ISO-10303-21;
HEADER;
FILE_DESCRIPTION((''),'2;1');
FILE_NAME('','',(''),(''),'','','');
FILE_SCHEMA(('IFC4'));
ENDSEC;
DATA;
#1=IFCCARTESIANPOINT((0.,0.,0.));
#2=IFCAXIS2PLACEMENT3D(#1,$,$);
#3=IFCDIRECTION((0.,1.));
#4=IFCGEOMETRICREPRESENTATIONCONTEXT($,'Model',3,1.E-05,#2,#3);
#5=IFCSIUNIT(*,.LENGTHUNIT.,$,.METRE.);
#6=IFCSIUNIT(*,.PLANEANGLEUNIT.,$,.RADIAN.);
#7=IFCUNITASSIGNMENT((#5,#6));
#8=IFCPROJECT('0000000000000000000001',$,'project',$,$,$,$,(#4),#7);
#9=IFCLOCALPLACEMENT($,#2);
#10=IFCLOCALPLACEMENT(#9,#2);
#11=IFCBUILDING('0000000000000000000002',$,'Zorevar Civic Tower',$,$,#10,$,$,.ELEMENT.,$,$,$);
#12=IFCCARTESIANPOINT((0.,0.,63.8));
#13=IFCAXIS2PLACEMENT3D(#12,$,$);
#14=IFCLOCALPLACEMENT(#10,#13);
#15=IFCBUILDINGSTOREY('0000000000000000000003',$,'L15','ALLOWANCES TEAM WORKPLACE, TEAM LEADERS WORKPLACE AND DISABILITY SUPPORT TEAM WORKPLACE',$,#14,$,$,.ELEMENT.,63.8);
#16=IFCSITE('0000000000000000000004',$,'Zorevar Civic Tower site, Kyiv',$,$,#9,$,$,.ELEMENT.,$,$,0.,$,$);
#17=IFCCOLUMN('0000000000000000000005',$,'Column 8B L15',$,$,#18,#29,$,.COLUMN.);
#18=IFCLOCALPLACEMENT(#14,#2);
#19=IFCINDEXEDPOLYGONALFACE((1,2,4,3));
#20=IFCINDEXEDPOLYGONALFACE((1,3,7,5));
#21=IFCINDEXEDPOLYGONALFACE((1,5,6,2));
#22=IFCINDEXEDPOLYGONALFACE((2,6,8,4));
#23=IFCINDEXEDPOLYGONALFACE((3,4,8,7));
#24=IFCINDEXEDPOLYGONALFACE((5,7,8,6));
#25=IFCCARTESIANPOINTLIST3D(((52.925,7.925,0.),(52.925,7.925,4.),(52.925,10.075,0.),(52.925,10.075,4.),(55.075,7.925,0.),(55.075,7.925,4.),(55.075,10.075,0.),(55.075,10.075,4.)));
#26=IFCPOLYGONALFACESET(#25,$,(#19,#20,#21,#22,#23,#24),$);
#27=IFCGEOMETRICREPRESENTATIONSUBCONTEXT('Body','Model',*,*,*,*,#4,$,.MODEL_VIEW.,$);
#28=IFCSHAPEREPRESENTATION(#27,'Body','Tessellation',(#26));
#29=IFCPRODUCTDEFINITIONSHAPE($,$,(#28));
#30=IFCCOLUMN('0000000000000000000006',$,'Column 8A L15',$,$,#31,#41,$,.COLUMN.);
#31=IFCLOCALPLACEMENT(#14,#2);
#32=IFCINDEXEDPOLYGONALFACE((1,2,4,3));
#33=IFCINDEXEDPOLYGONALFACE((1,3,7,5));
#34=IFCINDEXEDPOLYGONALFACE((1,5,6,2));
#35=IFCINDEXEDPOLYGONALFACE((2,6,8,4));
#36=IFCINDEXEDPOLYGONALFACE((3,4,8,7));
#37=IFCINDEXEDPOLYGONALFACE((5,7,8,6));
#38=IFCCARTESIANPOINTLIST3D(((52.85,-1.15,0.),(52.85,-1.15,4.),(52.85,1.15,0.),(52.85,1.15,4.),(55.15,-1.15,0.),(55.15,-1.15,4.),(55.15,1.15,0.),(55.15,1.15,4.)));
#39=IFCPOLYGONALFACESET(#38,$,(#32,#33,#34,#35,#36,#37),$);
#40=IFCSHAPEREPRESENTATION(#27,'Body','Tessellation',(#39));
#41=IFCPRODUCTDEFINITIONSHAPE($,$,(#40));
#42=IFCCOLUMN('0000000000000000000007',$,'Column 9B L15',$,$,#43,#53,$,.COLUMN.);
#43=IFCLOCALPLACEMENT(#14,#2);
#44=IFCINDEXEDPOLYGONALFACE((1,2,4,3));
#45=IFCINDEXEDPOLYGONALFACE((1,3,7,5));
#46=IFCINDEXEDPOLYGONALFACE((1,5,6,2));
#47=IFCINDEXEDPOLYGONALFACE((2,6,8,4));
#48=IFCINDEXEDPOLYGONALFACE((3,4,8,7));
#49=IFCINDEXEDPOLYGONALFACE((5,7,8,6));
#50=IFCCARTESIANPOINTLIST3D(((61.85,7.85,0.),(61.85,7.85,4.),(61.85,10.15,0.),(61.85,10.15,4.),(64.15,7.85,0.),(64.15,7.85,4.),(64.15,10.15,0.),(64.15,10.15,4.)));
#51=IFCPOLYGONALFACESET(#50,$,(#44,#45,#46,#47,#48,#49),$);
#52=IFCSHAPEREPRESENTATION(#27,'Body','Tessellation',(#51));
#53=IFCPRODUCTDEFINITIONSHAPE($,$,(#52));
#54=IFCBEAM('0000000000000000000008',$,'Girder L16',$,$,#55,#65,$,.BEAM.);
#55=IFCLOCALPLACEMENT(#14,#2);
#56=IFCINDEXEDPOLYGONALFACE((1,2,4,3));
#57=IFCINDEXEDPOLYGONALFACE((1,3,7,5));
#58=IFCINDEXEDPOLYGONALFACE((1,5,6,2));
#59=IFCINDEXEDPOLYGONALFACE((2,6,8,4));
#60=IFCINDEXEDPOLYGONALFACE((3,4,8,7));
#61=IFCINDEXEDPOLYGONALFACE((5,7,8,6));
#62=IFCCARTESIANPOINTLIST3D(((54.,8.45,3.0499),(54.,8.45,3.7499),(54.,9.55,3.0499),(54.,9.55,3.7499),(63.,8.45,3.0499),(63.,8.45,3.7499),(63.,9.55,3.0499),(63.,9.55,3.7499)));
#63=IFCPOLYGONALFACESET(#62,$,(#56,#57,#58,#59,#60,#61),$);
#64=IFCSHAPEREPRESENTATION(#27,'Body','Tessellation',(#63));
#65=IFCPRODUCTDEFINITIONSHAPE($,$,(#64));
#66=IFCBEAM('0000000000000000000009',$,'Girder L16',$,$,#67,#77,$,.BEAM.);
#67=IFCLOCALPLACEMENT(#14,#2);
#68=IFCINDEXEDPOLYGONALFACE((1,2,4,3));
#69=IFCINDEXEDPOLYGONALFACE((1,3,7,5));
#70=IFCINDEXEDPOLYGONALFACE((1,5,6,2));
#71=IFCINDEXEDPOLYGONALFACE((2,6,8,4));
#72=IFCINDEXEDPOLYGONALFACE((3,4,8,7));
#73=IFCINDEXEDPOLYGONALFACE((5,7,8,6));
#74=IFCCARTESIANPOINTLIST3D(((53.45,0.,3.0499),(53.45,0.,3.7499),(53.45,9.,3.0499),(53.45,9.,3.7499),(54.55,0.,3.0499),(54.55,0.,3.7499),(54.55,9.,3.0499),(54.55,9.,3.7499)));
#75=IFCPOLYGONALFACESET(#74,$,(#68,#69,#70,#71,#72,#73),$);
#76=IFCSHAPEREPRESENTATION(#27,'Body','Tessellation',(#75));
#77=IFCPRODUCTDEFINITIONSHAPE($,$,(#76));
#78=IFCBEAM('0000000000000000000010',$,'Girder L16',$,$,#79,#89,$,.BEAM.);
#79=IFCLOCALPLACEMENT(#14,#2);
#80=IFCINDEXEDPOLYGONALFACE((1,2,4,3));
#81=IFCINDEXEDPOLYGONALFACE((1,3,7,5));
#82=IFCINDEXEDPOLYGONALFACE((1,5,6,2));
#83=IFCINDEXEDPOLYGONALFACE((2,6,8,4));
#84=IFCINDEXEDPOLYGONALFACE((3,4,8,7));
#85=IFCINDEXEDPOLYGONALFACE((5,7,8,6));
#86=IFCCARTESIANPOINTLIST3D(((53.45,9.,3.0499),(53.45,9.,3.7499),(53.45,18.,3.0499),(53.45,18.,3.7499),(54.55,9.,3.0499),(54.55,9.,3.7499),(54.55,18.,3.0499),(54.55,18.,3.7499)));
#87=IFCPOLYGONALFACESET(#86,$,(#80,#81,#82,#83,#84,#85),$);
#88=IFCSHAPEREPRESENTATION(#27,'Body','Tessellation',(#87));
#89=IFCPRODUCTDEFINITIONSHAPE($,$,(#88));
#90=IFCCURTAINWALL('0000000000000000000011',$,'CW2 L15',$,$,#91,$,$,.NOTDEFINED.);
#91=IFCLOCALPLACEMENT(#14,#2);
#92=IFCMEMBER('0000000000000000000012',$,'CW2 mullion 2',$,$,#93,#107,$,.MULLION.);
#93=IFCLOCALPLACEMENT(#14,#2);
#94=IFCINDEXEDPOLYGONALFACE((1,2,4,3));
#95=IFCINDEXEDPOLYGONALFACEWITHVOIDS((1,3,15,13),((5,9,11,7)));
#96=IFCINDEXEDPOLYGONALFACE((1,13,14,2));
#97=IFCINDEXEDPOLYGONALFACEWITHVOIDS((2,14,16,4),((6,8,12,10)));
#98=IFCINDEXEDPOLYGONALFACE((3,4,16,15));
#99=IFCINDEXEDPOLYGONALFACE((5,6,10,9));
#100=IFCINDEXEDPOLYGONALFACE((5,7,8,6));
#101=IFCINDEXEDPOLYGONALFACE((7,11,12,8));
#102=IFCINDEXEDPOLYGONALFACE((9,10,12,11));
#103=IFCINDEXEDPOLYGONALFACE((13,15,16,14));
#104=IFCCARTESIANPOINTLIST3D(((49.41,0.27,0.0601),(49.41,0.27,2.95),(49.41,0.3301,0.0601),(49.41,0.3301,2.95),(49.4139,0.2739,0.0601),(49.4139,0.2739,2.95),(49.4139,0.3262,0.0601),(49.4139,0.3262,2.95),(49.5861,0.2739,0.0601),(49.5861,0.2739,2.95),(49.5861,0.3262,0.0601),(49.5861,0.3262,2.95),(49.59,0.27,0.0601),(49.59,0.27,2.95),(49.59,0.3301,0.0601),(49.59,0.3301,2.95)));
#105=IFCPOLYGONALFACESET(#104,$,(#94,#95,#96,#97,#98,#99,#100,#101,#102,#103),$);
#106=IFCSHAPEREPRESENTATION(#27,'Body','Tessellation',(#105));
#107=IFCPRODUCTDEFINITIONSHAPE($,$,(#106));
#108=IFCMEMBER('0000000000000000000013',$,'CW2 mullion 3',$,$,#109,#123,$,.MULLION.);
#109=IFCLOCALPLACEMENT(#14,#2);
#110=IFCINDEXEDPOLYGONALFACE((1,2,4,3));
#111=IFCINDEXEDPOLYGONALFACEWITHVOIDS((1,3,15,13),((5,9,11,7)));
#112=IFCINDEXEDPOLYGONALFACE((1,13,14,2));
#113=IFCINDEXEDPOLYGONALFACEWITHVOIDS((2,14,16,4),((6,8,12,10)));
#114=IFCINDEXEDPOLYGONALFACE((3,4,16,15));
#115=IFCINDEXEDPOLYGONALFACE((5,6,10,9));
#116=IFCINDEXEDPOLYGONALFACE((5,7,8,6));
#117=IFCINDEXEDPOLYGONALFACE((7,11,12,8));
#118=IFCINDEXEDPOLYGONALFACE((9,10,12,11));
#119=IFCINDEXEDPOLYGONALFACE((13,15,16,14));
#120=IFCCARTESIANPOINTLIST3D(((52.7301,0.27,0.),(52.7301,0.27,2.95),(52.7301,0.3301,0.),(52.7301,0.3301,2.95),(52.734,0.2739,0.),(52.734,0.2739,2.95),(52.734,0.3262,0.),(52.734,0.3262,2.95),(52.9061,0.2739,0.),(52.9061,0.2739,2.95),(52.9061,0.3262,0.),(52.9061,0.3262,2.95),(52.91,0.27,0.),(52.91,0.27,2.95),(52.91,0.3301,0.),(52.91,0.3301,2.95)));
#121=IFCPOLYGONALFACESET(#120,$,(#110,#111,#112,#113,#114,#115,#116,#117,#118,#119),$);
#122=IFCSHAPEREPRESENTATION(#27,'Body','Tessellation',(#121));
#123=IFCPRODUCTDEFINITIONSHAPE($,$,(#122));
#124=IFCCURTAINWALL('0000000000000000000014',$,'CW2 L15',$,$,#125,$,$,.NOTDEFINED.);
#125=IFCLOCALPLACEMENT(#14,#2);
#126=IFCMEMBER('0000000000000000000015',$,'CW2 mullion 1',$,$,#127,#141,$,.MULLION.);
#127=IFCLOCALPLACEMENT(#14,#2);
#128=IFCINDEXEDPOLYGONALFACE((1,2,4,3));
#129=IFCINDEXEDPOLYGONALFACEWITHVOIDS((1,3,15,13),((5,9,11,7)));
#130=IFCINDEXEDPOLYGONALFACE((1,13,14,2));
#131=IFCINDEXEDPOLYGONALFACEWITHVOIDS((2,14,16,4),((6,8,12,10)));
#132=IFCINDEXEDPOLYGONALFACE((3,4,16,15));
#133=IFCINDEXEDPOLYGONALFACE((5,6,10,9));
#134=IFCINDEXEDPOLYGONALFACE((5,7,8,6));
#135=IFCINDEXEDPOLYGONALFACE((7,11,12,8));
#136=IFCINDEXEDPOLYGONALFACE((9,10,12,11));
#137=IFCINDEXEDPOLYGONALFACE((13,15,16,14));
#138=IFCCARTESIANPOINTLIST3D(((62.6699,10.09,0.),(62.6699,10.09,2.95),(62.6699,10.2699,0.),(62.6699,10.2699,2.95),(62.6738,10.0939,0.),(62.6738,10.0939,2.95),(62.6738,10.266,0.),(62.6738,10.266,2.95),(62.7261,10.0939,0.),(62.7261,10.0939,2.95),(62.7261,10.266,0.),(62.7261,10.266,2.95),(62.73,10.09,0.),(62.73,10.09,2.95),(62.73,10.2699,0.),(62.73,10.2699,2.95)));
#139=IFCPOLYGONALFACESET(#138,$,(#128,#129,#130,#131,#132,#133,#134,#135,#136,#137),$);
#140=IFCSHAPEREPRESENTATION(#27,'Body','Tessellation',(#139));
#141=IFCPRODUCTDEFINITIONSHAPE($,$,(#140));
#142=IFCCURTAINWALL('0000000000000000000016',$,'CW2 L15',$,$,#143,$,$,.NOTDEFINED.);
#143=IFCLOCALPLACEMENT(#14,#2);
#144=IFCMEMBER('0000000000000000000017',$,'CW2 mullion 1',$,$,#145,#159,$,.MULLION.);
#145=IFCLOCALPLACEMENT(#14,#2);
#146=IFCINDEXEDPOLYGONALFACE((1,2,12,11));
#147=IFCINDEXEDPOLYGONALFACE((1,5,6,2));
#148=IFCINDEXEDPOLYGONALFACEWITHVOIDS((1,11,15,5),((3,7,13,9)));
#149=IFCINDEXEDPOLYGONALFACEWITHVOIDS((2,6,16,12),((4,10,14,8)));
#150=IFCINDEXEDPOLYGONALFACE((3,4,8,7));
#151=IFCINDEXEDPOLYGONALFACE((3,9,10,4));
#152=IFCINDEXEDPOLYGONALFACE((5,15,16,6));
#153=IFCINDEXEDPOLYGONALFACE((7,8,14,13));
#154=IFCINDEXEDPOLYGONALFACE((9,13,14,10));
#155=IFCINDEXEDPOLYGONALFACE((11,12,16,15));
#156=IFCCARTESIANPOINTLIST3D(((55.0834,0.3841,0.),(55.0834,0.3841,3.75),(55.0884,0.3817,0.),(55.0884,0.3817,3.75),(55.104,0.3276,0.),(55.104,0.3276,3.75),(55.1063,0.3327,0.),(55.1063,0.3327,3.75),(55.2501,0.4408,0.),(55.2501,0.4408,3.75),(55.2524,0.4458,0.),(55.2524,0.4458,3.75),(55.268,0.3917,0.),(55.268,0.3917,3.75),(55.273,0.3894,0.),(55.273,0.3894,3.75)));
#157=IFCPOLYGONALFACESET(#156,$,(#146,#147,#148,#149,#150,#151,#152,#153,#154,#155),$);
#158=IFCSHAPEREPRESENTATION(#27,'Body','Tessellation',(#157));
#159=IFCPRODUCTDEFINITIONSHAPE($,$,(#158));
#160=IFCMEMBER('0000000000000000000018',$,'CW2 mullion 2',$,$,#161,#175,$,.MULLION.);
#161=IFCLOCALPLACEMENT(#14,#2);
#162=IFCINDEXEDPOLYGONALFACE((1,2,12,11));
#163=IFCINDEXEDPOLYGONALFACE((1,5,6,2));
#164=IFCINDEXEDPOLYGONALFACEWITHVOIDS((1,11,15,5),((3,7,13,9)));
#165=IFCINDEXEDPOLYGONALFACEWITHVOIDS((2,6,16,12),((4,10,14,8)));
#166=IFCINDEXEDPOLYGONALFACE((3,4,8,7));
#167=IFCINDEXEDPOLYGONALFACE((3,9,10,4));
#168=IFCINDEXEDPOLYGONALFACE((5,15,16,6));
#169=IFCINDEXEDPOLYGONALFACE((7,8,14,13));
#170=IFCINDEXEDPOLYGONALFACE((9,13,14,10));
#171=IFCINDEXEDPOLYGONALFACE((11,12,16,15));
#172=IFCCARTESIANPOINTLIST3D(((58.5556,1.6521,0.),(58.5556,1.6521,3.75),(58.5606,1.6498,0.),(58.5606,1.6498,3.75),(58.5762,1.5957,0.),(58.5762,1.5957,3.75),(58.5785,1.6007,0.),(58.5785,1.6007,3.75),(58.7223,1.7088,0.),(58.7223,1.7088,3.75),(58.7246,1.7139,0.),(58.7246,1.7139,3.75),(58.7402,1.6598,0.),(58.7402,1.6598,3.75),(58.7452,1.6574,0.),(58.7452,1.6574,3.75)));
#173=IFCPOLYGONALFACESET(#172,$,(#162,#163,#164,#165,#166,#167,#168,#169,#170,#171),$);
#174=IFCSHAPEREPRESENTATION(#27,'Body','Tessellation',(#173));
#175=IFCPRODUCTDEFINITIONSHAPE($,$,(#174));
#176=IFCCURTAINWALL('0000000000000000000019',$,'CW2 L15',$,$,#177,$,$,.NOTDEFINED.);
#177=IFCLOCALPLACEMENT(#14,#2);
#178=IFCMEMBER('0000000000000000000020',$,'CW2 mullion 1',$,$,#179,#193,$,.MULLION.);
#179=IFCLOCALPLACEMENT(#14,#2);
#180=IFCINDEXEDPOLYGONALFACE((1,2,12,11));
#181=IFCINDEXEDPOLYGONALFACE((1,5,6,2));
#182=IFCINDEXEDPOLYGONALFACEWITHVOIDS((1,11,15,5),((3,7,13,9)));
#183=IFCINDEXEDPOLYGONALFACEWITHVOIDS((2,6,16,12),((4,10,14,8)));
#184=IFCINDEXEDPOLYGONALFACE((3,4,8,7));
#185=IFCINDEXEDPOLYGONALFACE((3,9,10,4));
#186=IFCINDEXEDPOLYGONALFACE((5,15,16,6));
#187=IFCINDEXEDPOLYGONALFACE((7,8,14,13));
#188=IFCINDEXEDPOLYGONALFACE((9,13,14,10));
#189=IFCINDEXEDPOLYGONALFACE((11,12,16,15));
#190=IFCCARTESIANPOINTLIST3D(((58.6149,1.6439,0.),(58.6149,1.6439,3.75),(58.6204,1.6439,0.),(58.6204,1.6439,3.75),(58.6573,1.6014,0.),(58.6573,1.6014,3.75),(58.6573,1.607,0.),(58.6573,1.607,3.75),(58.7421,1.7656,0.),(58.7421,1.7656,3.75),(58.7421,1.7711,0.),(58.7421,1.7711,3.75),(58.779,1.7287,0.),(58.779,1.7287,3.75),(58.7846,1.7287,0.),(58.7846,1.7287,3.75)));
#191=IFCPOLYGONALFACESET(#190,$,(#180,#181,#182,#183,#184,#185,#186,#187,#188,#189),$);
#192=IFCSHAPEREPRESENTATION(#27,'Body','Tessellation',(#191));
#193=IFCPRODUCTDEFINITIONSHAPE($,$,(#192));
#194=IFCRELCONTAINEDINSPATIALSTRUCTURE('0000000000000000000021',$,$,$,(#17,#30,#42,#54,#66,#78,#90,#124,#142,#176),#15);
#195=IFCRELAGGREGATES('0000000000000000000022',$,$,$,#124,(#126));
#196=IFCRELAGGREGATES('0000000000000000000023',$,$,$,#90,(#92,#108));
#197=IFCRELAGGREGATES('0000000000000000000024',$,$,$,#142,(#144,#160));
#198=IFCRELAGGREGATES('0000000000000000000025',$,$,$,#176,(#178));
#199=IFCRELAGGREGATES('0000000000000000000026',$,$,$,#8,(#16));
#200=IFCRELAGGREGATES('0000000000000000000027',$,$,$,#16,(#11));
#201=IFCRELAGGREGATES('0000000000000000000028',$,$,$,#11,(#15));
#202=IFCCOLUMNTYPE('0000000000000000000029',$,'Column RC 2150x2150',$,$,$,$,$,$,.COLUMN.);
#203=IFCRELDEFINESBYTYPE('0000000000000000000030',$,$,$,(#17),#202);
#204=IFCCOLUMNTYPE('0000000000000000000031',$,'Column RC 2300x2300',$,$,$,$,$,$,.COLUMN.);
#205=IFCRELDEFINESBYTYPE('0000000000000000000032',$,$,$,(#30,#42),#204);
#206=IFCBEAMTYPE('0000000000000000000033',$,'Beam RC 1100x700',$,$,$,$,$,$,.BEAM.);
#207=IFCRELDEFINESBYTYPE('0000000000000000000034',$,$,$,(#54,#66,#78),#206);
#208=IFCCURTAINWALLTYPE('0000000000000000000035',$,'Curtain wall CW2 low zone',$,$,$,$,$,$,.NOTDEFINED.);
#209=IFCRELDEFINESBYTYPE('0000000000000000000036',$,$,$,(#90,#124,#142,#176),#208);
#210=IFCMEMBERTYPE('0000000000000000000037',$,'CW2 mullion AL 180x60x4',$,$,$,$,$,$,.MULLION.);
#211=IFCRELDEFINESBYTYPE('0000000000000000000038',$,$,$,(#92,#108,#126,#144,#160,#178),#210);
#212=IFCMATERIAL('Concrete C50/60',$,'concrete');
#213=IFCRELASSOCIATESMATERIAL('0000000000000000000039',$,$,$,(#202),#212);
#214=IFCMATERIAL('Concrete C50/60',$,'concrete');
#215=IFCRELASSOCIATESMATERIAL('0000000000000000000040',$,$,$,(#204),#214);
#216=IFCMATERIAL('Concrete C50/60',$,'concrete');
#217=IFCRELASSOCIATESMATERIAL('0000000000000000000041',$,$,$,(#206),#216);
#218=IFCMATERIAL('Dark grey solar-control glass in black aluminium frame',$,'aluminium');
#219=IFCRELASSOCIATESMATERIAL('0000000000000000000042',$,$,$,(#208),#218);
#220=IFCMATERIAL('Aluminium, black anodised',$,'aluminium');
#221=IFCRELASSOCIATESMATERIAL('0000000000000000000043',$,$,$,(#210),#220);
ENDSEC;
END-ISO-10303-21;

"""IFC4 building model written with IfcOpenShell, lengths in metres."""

from ifc_helpers import new_model, si_unit, direction, frame, origin, origin_2d, place, context, subcontext, project, spatial, rectangle, hollow_rectangle, extrude, material, material_profile, profile_set, type_object, element, aggregate, save


model = new_model("IFC4")

# Units and contexts
model_context = context("Model", 3, precision=1e-05, world=origin(), true_north=direction((0.0, 1.0)))
body_context = subcontext(model_context, "Body", "Model", "MODEL_VIEW")
ifc_project = project(units=[si_unit("LENGTHUNIT", "METRE"), si_unit("PLANEANGLEUNIT", "RADIAN")], contexts=[model_context])

# Site, building, storey
site_placement = place(None, origin())
site = spatial("IfcSite", under=ifc_project, at=site_placement, Name="Zorevar Civic Tower site, Kyiv", CompositionType="ELEMENT", RefElevation=0.0)
building_placement = place(site_placement, origin())
building = spatial("IfcBuilding", under=site, at=building_placement, Name="Zorevar Civic Tower", CompositionType="ELEMENT")
storey_placement = place(building_placement, frame((0.0, 0.0, 63.8)))
storey = spatial("IfcBuildingStorey", under=building, at=storey_placement, Name="L15", Description="ALLOWANCES TEAM WORKPLACE, TEAM LEADERS WORKPLACE AND DISABILITY SUPPORT TEAM WORKPLACE", CompositionType="ELEMENT", Elevation=63.8)

# Columns
ifc_material_1 = material(Name="Concrete C50/60", Category="concrete")
ifc_material_profile_1 = material_profile(ifc_material_1, rectangle(XDim=2.1499, YDim=2.1499, at=origin_2d()), Name="RC 2150x2150")
ifc_profile_set_1 = profile_set([ifc_material_profile_1], Name="Concrete C50/60")
column_type_1 = type_object("IfcColumnType", Name="Column RC 2150x2150", PredefinedType="COLUMN", material=ifc_profile_set_1)
column_placement = place(storey_placement, frame((54.0, 9.0, 0.0), z_axis=(0.0, 0.0, 1.0), x_axis=(1.0, 0.0, 0.0)))
element("IfcColumn", 1, at=column_placement, inside=storey, type_object=column_type_1, Name="Column 8B L15", PredefinedType="COLUMN", context=body_context, shape_type="SweptSolid", body=[
    extrude(rectangle(XDim=2.1499, YDim=2.1499, at=origin_2d()), origin(), (0.0, 0.0, 1.0), 4.0),
])
ifc_material_2 = material(Name="Concrete C50/60", Category="concrete")
ifc_material_profile_2 = material_profile(ifc_material_2, rectangle(XDim=2.3, YDim=2.3, at=origin_2d()), Name="RC 2300x2300")
ifc_profile_set_2 = profile_set([ifc_material_profile_2], Name="Concrete C50/60")
column_type_2 = type_object("IfcColumnType", Name="Column RC 2300x2300", PredefinedType="COLUMN", material=ifc_profile_set_2)
for number, where, z_axis, x_axis, name in (
    (2, (54.0, 0.0, 0.0), (0.0, 0.0, 1.0), (1.0, 0.0, 0.0), "Column 8A L15"),
    (3, (63.0, 9.0, 0.0), (0.0, 0.0, 1.0), (1.0, 0.0, 0.0), "Column 9B L15"),
):
    element("IfcColumn", number, at=place(storey_placement, frame(where, z_axis=z_axis, x_axis=x_axis)), inside=storey, type_object=column_type_2, Name=name, PredefinedType="COLUMN", context=body_context, shape_type="SweptSolid", body=[
        extrude(rectangle(XDim=2.3, YDim=2.3, at=origin_2d()), origin(), (0.0, 0.0, 1.0), 4.0),
    ])

# Beams
ifc_material_3 = material(Name="Concrete C50/60", Category="concrete")
ifc_material_profile_3 = material_profile(ifc_material_3, rectangle(XDim=1.1001, YDim=0.7, at=origin_2d()), Name="RC 1100x700")
ifc_profile_set_3 = profile_set([ifc_material_profile_3], Name="Concrete C50/60")
beam_type_1 = type_object("IfcBeamType", Name="Beam RC 1100x700", PredefinedType="BEAM", material=ifc_profile_set_3)
for number, where, z_axis, x_axis, name in (
    (4, (54.0, 9.0, 3.3999), (1.0, 0.0, 0.0), (0.0, 1.0, 0.0), "Girder L16"),
    (5, (54.0, 0.0, 3.3999), (0.0, 1.0, 0.0), (-1.0, 0.0, 0.0), "Girder L16"),
    (6, (54.0, 9.0, 3.3999), (0.0, 1.0, 0.0), (-1.0, 0.0, 0.0), "Girder L16"),
):
    element("IfcBeam", number, at=place(storey_placement, frame(where, z_axis=z_axis, x_axis=x_axis)), inside=storey, type_object=beam_type_1, Name=name, PredefinedType="BEAM", context=body_context, shape_type="SweptSolid", body=[
        extrude(rectangle(XDim=1.1001, YDim=0.7, at=origin_2d()), origin(), (0.0, 0.0, 1.0), 9.0),
    ])

# Curtain wall, members
ifc_material_4 = material(Name="Dark grey solar-control glass in black aluminium frame", Category="aluminium")
curtain_wall_type = type_object("IfcCurtainWallType", Name="Curtain wall CW2 low zone", PredefinedType="NOTDEFINED", material=ifc_material_4)
curtain_wall_1_placement = place(storey_placement, origin())
curtain_wall_1 = element("IfcCurtainWall", 7, at=curtain_wall_1_placement, inside=storey, type_object=curtain_wall_type, Name="CW2 L15", PredefinedType="NOTDEFINED")
ifc_material_5 = material(Name="Aluminium, black anodised", Category="aluminium")
ifc_material_profile_4 = material_profile(ifc_material_5, hollow_rectangle(XDim=0.0601, YDim=0.1799, WallThickness=0.0039, at=origin_2d()), Name="AL 180x60x4")
ifc_profile_set_4 = profile_set([ifc_material_profile_4], Name="Aluminium, black anodised")
member_type_1 = type_object("IfcMemberType", Name="CW2 mullion AL 180x60x4", PredefinedType="MULLION", material=ifc_profile_set_4)
member_1_placement = place(storey_placement, frame((49.5, 0.3, 0.0601), z_axis=(0.0, 0.0, 1.0), x_axis=(0.0, 1.0, 0.0)))
member_1 = element("IfcMember", 8, at=member_1_placement, type_object=member_type_1, Name="CW2 mullion 2", PredefinedType="MULLION", context=body_context, shape_type="SweptSolid", body=[
    extrude(hollow_rectangle(XDim=0.0601, YDim=0.1799, WallThickness=0.0039, at=origin_2d()), origin(), (0.0, 0.0, 1.0), 2.8899),
])
member_2_placement = place(storey_placement, frame((52.8201, 0.3, 0.0), z_axis=(0.0, 0.0, 1.0), x_axis=(0.0, 1.0, 0.0)))
member_2 = element("IfcMember", 9, at=member_2_placement, type_object=member_type_1, Name="CW2 mullion 3", PredefinedType="MULLION", context=body_context, shape_type="SweptSolid", body=[
    extrude(hollow_rectangle(XDim=0.0601, YDim=0.1799, WallThickness=0.0039, at=origin_2d()), origin(), (0.0, 0.0, 1.0), 2.95),
])

# Curtain wall, member
curtain_wall_2_placement = place(storey_placement, origin())
curtain_wall_2 = element("IfcCurtainWall", 10, at=curtain_wall_2_placement, inside=storey, type_object=curtain_wall_type, Name="CW2 L15", PredefinedType="NOTDEFINED")
member_3_placement = place(storey_placement, frame((62.7, 10.1799, 0.0), z_axis=(0.0, 0.0, 1.0), x_axis=(-1.0, 0.0, 0.0)))
member_3 = element("IfcMember", 11, at=member_3_placement, type_object=member_type_1, Name="CW2 mullion 1", PredefinedType="MULLION", context=body_context, shape_type="SweptSolid", body=[
    extrude(hollow_rectangle(XDim=0.0601, YDim=0.1799, WallThickness=0.0039, at=origin_2d()), origin(), (0.0, 0.0, 1.0), 2.95),
])
aggregate(curtain_wall_2, [member_3])

# Curtain walls, members
curtain_wall_3_placement = place(storey_placement, origin())
curtain_wall_3 = element("IfcCurtainWall", 12, at=curtain_wall_3_placement, inside=storey, type_object=curtain_wall_type, Name="CW2 L15", PredefinedType="NOTDEFINED")
member_4_placement = place(storey_placement, frame((55.1782, 0.3867, 0.0), z_axis=(0.0, 0.0, 1.0), x_axis=(-0.34306, 0.939313, 0.0)))
member_4 = element("IfcMember", 13, at=member_4_placement, type_object=member_type_1, Name="CW2 mullion 1", PredefinedType="MULLION", context=body_context, shape_type="SweptSolid", body=[
    extrude(hollow_rectangle(XDim=0.0601, YDim=0.1799, WallThickness=0.0039, at=origin_2d()), origin(), (0.0, 0.0, 1.0), 3.75),
])
member_5_placement = place(storey_placement, frame((58.6504, 1.6548, 0.0), z_axis=(0.0, 0.0, 1.0), x_axis=(-0.34306, 0.939313, 0.0)))
member_5 = element("IfcMember", 14, at=member_5_placement, type_object=member_type_1, Name="CW2 mullion 2", PredefinedType="MULLION", context=body_context, shape_type="SweptSolid", body=[
    extrude(hollow_rectangle(XDim=0.0601, YDim=0.1799, WallThickness=0.0039, at=origin_2d()), origin(), (0.0, 0.0, 1.0), 3.75),
])
curtain_wall_4_placement = place(storey_placement, origin())
curtain_wall_4 = element("IfcCurtainWall", 15, at=curtain_wall_4_placement, inside=storey, type_object=curtain_wall_type, Name="CW2 L15", PredefinedType="NOTDEFINED")
member_6_placement = place(storey_placement, frame((58.6997, 1.6863, 0.0), z_axis=(0.0, 0.0, 1.0), x_axis=(-0.707107, 0.707107, 0.0)))
member_6 = element("IfcMember", 16, at=member_6_placement, type_object=member_type_1, Name="CW2 mullion 1", PredefinedType="MULLION", context=body_context, shape_type="SweptSolid", body=[
    extrude(hollow_rectangle(XDim=0.0601, YDim=0.1799, WallThickness=0.0039, at=origin_2d()), origin(), (0.0, 0.0, 1.0), 3.75),
])

aggregate(curtain_wall_1, [member_1, member_2])
aggregate(curtain_wall_3, [member_4, member_5])
aggregate(curtain_wall_4, [member_6])

save(model, "model.ifc")
